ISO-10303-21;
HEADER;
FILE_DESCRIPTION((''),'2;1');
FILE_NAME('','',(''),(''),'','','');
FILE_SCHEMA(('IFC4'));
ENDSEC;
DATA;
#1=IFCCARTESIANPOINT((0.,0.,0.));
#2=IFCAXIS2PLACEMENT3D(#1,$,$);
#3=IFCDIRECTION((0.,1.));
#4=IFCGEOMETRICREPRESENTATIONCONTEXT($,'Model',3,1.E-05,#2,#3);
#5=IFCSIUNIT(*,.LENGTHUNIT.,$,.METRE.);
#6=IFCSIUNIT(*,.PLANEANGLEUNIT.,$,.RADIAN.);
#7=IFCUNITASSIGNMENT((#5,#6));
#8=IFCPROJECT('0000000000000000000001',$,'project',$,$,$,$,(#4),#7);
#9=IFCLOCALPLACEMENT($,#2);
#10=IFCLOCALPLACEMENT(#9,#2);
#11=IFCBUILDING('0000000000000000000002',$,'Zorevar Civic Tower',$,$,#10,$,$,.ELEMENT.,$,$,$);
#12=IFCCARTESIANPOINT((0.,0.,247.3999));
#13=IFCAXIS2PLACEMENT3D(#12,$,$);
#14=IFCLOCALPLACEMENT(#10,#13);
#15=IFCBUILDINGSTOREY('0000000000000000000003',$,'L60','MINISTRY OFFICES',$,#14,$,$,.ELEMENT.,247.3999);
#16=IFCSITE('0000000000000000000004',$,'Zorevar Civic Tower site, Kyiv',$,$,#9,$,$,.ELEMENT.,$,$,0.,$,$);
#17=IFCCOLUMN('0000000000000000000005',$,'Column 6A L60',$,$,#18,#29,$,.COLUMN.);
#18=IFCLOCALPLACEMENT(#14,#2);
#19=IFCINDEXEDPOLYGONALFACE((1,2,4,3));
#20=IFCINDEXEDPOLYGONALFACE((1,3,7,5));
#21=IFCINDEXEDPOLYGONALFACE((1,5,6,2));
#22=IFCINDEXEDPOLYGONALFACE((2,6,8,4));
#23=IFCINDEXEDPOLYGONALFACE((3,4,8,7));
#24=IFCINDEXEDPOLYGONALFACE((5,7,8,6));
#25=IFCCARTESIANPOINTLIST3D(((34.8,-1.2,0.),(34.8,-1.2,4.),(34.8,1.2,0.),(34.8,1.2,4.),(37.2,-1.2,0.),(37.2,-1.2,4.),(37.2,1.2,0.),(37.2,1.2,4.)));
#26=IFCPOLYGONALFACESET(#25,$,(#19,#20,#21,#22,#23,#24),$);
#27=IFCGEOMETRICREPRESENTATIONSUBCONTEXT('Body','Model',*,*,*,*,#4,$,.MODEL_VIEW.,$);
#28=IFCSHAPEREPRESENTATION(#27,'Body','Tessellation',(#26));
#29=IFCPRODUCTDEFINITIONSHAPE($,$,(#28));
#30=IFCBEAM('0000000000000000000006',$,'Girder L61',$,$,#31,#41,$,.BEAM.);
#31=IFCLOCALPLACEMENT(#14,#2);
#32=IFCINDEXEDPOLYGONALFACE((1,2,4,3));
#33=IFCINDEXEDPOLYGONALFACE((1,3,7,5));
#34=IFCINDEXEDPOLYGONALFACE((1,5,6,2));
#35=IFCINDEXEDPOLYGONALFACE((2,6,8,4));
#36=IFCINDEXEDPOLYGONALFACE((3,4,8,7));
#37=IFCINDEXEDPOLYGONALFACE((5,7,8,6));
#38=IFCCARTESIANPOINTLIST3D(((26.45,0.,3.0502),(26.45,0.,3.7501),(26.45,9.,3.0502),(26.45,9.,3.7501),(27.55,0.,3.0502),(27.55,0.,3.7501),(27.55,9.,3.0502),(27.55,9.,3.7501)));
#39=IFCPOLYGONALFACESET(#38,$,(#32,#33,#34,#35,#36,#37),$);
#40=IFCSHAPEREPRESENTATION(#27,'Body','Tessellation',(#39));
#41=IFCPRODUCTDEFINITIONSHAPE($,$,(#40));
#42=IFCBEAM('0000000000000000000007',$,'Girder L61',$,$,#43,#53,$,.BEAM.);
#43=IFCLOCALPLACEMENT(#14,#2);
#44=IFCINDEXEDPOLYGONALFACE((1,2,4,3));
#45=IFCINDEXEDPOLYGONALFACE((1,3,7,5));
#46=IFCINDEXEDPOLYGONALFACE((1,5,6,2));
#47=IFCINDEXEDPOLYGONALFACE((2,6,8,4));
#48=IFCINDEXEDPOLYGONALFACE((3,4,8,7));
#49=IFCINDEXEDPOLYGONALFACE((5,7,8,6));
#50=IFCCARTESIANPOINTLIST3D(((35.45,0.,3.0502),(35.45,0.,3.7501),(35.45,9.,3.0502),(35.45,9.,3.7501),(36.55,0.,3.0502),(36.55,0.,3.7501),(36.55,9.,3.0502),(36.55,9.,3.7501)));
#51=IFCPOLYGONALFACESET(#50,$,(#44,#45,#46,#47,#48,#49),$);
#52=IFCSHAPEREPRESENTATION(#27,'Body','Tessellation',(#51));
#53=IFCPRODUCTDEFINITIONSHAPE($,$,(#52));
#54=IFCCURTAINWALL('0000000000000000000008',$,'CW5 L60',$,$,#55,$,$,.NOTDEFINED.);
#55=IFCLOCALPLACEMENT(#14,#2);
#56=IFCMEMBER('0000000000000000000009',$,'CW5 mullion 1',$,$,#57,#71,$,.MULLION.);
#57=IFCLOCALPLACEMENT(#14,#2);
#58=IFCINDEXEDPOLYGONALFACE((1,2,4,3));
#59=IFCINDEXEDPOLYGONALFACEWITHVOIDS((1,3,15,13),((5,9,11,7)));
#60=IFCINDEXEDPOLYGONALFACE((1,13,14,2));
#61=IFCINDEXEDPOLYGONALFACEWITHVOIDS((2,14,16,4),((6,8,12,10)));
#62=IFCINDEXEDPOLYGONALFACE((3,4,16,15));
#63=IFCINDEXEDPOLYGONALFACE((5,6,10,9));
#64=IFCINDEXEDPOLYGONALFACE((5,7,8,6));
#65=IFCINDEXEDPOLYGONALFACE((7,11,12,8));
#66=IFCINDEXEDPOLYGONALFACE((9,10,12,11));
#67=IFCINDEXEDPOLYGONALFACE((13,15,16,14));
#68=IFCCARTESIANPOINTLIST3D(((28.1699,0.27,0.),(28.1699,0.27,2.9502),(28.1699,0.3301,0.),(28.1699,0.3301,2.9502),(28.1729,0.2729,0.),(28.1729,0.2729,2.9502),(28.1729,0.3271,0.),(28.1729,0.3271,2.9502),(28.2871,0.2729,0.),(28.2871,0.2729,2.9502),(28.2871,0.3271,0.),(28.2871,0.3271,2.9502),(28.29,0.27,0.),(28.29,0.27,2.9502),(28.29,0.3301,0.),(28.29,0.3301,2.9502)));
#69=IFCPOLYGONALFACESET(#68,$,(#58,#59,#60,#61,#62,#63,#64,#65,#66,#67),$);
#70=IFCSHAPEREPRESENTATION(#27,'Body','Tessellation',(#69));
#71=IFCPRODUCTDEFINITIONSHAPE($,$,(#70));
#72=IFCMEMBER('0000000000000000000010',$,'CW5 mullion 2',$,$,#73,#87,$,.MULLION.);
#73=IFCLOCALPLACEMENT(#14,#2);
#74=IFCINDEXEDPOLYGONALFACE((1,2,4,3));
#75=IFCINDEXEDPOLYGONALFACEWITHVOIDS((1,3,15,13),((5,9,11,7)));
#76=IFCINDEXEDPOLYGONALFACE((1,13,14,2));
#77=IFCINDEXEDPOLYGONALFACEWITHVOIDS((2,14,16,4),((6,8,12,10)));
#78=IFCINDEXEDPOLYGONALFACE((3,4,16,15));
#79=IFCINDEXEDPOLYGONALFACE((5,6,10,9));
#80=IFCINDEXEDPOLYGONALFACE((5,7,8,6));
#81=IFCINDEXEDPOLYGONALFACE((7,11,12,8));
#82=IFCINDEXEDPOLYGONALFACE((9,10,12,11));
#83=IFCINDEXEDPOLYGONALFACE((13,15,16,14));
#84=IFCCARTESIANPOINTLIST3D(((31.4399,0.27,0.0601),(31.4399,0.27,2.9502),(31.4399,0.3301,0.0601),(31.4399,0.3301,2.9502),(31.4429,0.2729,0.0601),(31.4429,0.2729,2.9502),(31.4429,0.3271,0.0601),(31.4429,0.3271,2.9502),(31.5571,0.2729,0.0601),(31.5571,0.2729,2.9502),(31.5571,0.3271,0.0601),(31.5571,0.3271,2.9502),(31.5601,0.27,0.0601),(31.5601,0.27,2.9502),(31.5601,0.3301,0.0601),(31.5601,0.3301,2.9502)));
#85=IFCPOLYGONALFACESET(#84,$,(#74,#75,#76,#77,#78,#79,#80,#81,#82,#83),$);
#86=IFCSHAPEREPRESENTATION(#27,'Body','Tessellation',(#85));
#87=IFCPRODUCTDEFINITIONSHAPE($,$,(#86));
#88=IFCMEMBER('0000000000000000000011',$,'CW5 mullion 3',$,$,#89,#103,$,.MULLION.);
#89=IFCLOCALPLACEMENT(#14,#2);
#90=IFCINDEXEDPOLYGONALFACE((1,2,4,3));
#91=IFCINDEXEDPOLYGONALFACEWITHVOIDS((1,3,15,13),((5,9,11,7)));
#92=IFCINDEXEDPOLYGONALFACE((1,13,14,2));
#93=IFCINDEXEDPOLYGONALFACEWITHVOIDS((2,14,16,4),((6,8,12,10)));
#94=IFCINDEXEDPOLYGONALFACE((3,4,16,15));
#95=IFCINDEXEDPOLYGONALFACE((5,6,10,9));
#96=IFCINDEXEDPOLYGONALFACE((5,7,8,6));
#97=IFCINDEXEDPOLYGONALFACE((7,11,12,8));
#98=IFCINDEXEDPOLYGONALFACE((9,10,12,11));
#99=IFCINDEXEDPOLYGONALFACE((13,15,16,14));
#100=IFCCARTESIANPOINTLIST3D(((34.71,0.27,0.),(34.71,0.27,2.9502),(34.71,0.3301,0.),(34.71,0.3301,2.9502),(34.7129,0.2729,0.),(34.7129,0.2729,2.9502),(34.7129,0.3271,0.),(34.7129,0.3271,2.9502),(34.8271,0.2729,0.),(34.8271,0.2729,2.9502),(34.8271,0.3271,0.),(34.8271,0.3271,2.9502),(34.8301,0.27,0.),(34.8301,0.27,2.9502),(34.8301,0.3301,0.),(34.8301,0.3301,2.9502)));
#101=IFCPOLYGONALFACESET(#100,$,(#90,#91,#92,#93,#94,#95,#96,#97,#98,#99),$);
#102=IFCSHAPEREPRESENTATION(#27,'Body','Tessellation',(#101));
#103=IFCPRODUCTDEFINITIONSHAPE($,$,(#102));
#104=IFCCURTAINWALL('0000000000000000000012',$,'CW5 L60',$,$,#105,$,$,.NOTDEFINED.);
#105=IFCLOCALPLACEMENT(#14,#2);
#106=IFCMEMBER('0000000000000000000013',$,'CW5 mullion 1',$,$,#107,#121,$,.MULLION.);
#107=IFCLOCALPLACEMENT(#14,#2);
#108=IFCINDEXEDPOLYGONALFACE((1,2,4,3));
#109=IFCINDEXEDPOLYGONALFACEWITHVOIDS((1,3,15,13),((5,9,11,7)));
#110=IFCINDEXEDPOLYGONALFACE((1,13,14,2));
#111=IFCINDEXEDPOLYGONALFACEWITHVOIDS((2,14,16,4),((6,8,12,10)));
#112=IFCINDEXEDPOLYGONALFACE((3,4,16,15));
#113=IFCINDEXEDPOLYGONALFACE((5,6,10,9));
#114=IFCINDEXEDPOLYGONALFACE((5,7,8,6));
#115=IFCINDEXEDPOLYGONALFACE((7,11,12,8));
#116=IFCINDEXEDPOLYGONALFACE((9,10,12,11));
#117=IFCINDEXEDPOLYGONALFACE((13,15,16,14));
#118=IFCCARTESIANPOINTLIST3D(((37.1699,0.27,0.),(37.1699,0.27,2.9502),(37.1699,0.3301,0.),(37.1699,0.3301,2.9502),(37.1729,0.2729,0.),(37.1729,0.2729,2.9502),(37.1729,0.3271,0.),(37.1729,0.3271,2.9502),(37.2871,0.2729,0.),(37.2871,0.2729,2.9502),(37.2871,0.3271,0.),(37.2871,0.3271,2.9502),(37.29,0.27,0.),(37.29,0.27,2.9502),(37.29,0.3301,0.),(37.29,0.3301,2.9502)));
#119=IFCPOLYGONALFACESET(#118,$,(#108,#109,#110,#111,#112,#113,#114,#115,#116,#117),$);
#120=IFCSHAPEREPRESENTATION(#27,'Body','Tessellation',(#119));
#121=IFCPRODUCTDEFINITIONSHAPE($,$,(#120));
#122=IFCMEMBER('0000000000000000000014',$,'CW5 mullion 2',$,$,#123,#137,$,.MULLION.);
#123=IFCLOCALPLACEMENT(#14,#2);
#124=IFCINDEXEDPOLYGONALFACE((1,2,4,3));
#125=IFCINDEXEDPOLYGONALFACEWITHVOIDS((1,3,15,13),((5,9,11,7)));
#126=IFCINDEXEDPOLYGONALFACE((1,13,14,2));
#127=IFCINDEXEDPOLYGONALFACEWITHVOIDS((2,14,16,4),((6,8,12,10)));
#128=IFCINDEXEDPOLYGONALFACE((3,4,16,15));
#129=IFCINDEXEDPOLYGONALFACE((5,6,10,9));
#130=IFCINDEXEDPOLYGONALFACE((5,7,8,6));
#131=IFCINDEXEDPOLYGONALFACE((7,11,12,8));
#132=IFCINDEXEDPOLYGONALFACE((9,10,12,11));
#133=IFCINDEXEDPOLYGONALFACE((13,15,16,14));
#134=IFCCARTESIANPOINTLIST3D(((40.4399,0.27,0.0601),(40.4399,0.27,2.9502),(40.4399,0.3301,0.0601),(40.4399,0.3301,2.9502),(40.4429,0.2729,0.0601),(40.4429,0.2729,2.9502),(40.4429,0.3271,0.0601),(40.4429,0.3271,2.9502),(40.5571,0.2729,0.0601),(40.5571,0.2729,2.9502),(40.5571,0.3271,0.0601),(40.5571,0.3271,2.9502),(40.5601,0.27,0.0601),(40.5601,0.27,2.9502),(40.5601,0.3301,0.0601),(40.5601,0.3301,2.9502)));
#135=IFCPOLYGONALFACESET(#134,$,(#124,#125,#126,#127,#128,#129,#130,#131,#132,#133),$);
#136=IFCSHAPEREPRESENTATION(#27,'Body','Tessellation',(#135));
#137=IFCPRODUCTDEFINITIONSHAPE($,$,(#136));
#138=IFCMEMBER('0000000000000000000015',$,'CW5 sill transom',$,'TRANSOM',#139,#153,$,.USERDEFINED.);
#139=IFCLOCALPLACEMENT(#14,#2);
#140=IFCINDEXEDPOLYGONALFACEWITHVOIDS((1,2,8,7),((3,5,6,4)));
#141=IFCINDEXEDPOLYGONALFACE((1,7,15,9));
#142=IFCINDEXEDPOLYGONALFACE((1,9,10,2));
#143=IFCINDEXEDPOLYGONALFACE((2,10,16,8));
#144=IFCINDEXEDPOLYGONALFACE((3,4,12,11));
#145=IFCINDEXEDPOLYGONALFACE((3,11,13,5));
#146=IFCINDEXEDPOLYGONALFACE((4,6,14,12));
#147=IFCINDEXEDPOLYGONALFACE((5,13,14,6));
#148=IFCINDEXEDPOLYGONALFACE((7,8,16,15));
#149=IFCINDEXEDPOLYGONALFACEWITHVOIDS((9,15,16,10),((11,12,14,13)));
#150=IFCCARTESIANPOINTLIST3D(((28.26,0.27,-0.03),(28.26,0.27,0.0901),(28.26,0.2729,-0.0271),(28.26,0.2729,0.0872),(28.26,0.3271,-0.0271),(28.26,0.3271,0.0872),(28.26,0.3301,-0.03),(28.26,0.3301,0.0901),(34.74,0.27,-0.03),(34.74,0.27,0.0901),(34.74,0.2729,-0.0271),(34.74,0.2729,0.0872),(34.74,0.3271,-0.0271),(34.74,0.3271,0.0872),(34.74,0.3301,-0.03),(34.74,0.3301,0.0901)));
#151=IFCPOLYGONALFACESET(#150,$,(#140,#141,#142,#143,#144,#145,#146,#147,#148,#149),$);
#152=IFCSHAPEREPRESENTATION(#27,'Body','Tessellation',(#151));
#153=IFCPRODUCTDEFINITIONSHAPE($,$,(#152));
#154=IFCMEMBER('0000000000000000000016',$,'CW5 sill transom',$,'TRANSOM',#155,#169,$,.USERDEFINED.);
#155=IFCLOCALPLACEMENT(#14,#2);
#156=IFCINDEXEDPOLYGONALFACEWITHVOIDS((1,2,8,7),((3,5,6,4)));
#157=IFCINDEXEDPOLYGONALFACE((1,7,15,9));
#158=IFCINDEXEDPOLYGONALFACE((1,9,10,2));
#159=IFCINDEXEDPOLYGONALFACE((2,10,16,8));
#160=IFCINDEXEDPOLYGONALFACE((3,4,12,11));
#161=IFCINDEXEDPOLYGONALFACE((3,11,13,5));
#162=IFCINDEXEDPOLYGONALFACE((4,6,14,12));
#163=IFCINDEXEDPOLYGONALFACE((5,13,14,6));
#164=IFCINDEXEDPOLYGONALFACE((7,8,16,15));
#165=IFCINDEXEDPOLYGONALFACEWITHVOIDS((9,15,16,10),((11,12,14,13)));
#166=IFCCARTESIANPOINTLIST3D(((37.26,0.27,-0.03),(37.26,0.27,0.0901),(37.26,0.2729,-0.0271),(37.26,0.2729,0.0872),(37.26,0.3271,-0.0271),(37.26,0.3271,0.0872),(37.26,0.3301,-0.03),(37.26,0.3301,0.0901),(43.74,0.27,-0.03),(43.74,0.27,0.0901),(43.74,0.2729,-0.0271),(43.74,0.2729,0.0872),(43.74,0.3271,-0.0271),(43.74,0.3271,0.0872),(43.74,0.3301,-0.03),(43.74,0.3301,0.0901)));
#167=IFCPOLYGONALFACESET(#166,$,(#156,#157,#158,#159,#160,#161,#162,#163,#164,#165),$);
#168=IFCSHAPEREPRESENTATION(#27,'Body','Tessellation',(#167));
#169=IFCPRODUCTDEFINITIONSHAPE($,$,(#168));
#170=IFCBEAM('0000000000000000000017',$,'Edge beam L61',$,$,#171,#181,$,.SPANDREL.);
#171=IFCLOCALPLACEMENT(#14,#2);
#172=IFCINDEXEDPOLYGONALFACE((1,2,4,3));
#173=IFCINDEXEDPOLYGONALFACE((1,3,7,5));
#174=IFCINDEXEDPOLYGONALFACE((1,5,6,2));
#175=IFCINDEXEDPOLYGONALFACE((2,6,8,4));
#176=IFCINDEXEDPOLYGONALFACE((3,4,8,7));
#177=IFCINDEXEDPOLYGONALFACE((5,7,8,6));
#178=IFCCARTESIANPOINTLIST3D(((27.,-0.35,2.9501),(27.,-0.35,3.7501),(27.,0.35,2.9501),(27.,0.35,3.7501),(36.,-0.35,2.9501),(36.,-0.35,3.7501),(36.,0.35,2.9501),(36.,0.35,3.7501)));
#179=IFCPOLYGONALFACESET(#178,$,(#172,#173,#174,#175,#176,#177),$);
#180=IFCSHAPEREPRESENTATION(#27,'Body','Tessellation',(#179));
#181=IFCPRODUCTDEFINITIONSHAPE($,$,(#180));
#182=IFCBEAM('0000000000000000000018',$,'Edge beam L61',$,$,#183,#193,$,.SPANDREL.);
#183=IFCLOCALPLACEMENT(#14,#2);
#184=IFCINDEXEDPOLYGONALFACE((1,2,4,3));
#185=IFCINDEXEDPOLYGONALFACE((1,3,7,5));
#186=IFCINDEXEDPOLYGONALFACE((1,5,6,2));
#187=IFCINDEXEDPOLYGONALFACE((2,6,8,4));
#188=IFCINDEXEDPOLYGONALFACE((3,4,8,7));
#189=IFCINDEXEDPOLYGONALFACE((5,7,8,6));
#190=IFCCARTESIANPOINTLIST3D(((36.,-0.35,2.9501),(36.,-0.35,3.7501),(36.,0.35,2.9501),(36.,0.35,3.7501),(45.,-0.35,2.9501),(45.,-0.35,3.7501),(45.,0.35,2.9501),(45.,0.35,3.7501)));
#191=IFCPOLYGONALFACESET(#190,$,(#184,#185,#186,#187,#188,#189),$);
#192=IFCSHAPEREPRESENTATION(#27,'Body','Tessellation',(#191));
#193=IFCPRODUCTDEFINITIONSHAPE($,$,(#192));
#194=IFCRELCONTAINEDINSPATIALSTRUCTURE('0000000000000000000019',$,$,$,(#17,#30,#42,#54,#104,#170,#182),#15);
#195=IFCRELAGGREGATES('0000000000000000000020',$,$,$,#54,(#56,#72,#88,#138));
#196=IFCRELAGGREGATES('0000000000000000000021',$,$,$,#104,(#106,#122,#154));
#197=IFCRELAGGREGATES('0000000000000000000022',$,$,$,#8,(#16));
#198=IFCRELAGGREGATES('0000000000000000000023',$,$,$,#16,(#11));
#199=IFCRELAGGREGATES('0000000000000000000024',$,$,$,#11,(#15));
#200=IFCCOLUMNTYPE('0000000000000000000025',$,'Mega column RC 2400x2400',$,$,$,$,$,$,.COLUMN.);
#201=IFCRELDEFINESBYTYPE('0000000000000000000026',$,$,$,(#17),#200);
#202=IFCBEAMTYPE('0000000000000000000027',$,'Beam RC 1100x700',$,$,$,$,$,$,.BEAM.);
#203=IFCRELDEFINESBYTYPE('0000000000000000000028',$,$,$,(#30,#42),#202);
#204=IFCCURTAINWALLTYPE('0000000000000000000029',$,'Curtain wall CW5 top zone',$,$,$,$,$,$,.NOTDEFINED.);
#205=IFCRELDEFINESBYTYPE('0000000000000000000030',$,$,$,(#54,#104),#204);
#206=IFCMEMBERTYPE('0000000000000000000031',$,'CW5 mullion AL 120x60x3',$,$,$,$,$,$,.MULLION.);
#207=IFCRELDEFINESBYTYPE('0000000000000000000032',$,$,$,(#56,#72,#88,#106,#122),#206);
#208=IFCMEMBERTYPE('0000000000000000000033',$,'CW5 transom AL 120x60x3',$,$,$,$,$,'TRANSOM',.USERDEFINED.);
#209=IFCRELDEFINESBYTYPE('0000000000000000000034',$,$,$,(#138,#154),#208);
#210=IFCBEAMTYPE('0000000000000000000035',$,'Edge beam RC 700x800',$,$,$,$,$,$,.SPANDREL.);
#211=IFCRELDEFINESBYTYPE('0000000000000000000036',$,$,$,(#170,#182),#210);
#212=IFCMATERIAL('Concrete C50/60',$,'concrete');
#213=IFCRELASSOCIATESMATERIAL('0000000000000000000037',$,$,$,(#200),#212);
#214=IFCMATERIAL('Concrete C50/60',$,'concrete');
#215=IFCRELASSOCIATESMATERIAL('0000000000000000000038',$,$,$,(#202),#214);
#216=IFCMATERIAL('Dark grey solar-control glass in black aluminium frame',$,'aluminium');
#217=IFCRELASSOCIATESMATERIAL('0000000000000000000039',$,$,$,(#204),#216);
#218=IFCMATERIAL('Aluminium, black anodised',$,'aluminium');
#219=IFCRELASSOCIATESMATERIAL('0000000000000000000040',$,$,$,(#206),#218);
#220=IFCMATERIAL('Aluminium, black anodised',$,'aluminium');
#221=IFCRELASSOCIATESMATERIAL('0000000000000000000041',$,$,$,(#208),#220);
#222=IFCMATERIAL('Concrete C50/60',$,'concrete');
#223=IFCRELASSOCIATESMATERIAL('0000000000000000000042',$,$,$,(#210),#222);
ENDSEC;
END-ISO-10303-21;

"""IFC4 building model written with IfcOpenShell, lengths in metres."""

from ifc_helpers import new_model, si_unit, direction, frame, origin, origin_2d, place, context, subcontext, project, spatial, rectangle, hollow_rectangle, extrude, material, material_profile, profile_set, type_object, element, aggregate, save


model = new_model("IFC4")

# Units and contexts
model_context = context("Model", 3, precision=1e-05, world=origin(), true_north=direction((0.0, 1.0)))
body_context = subcontext(model_context, "Body", "Model", "MODEL_VIEW")
ifc_project = project(units=[si_unit("LENGTHUNIT", "METRE"), si_unit("PLANEANGLEUNIT", "RADIAN")], contexts=[model_context])

# Site, building, storey
site_placement = place(None, origin())
site = spatial("IfcSite", under=ifc_project, at=site_placement, Name="Zorevar Civic Tower site, Kyiv", CompositionType="ELEMENT", RefElevation=0.0)
building_placement = place(site_placement, origin())
building = spatial("IfcBuilding", under=site, at=building_placement, Name="Zorevar Civic Tower", CompositionType="ELEMENT")
storey_placement = place(building_placement, frame((0.0, 0.0, 247.3999)))
storey = spatial("IfcBuildingStorey", under=building, at=storey_placement, Name="L60", Description="MINISTRY OFFICES", CompositionType="ELEMENT", Elevation=247.3999)

# Column
ifc_material_1 = material(Name="Concrete C50/60", Category="concrete")
ifc_material_profile_1 = material_profile(ifc_material_1, rectangle(XDim=2.3999, YDim=2.3999, at=origin_2d()), Name="RC 2400x2400")
ifc_profile_set_1 = profile_set([ifc_material_profile_1], Name="Concrete C50/60")
column_type = type_object("IfcColumnType", Name="Mega column RC 2400x2400", PredefinedType="COLUMN", material=ifc_profile_set_1)
column_placement = place(storey_placement, frame((36.0, 0.0, 0.0), z_axis=(0.0, 0.0, 1.0), x_axis=(1.0, 0.0, 0.0)))
element("IfcColumn", 1, at=column_placement, inside=storey, type_object=column_type, Name="Column 6A L60", PredefinedType="COLUMN", context=body_context, shape_type="SweptSolid", body=[
    extrude(rectangle(XDim=2.3999, YDim=2.3999, at=origin_2d()), origin(), (0.0, 0.0, 1.0), 4.0),
])

# Beams
ifc_material_2 = material(Name="Concrete C50/60", Category="concrete")
ifc_material_profile_2 = material_profile(ifc_material_2, rectangle(XDim=1.1001, YDim=0.7, at=origin_2d()), Name="RC 1100x700")
ifc_profile_set_2 = profile_set([ifc_material_profile_2], Name="Concrete C50/60")
beam_type_1 = type_object("IfcBeamType", Name="Beam RC 1100x700", PredefinedType="BEAM", material=ifc_profile_set_2)
for number, where, z_axis, x_axis, name in (
    (2, (27.0, 0.0, 3.4001), (0.0, 1.0, 0.0), (-1.0, 0.0, 0.0), "Girder L61"),
    (3, (36.0, 0.0, 3.4001), (0.0, 1.0, 0.0), (-1.0, 0.0, 0.0), "Girder L61"),
):
    element("IfcBeam", number, at=place(storey_placement, frame(where, z_axis=z_axis, x_axis=x_axis)), inside=storey, type_object=beam_type_1, Name=name, PredefinedType="BEAM", context=body_context, shape_type="SweptSolid", body=[
        extrude(rectangle(XDim=1.1001, YDim=0.7, at=origin_2d()), origin(), (0.0, 0.0, 1.0), 9.0),
    ])

# Curtain walls, members
ifc_material_3 = material(Name="Dark grey solar-control glass in black aluminium frame", Category="aluminium")
curtain_wall_type = type_object("IfcCurtainWallType", Name="Curtain wall CW5 top zone", PredefinedType="NOTDEFINED", material=ifc_material_3)
curtain_wall_1_placement = place(storey_placement, origin())
curtain_wall_1 = element("IfcCurtainWall", 4, at=curtain_wall_1_placement, inside=storey, type_object=curtain_wall_type, Name="CW5 L60", PredefinedType="NOTDEFINED")
ifc_material_4 = material(Name="Aluminium, black anodised", Category="aluminium")
ifc_material_profile_3 = material_profile(ifc_material_4, hollow_rectangle(XDim=0.0601, YDim=0.1201, WallThickness=0.0029, at=origin_2d()), Name="AL 120x60x3")
ifc_profile_set_3 = profile_set([ifc_material_profile_3], Name="Aluminium, black anodised")
member_type_1 = type_object("IfcMemberType", Name="CW5 mullion AL 120x60x3", PredefinedType="MULLION", material=ifc_profile_set_3)
member_1_placement = place(storey_placement, frame((28.23, 0.3, 0.0), z_axis=(0.0, 0.0, 1.0), x_axis=(0.0, 1.0, 0.0)))
member_1 = element("IfcMember", 5, at=member_1_placement, type_object=member_type_1, Name="CW5 mullion 1", PredefinedType="MULLION", context=body_context, shape_type="SweptSolid", body=[
    extrude(hollow_rectangle(XDim=0.0601, YDim=0.1201, WallThickness=0.0029, at=origin_2d()), origin(), (0.0, 0.0, 1.0), 2.9502),
])
member_2_placement = place(storey_placement, frame((31.5, 0.3, 0.0601), z_axis=(0.0, 0.0, 1.0), x_axis=(0.0, 1.0, 0.0)))
member_2 = element("IfcMember", 6, at=member_2_placement, type_object=member_type_1, Name="CW5 mullion 2", PredefinedType="MULLION", context=body_context, shape_type="SweptSolid", body=[
    extrude(hollow_rectangle(XDim=0.0601, YDim=0.1201, WallThickness=0.0029, at=origin_2d()), origin(), (0.0, 0.0, 1.0), 2.8901),
])
member_3_placement = place(storey_placement, frame((34.77, 0.3, 0.0), z_axis=(0.0, 0.0, 1.0), x_axis=(0.0, 1.0, 0.0)))
member_3 = element("IfcMember", 7, at=member_3_placement, type_object=member_type_1, Name="CW5 mullion 3", PredefinedType="MULLION", context=body_context, shape_type="SweptSolid", body=[
    extrude(hollow_rectangle(XDim=0.0601, YDim=0.1201, WallThickness=0.0029, at=origin_2d()), origin(), (0.0, 0.0, 1.0), 2.9502),
])
curtain_wall_2_placement = place(storey_placement, origin())
curtain_wall_2 = element("IfcCurtainWall", 8, at=curtain_wall_2_placement, inside=storey, type_object=curtain_wall_type, Name="CW5 L60", PredefinedType="NOTDEFINED")
member_4_placement = place(storey_placement, frame((37.23, 0.3, 0.0), z_axis=(0.0, 0.0, 1.0), x_axis=(0.0, 1.0, 0.0)))
member_4 = element("IfcMember", 9, at=member_4_placement, type_object=member_type_1, Name="CW5 mullion 1", PredefinedType="MULLION", context=body_context, shape_type="SweptSolid", body=[
    extrude(hollow_rectangle(XDim=0.0601, YDim=0.1201, WallThickness=0.0029, at=origin_2d()), origin(), (0.0, 0.0, 1.0), 2.9502),
])
member_5_placement = place(storey_placement, frame((40.5, 0.3, 0.0601), z_axis=(0.0, 0.0, 1.0), x_axis=(0.0, 1.0, 0.0)))
member_5 = element("IfcMember", 10, at=member_5_placement, type_object=member_type_1, Name="CW5 mullion 2", PredefinedType="MULLION", context=body_context, shape_type="SweptSolid", body=[
    extrude(hollow_rectangle(XDim=0.0601, YDim=0.1201, WallThickness=0.0029, at=origin_2d()), origin(), (0.0, 0.0, 1.0), 2.8901),
])

# Members
ifc_material_5 = material(Name="Aluminium, black anodised", Category="aluminium")
ifc_material_profile_4 = material_profile(ifc_material_5, hollow_rectangle(XDim=0.0601, YDim=0.1201, WallThickness=0.0029, at=origin_2d()), Name="AL 120x60x3")
ifc_profile_set_4 = profile_set([ifc_material_profile_4], Name="Aluminium, black anodised")
member_type_2 = type_object("IfcMemberType", Name="CW5 transom AL 120x60x3", ElementType="TRANSOM", PredefinedType="USERDEFINED", material=ifc_profile_set_4)
member_6_placement = place(storey_placement, frame((28.26, 0.3, 0.03), z_axis=(1.0, 0.0, 0.0), x_axis=(0.0, 1.0, 0.0)))
member_6 = element("IfcMember", 11, at=member_6_placement, type_object=member_type_2, Name="CW5 sill transom", ObjectType="TRANSOM", PredefinedType="USERDEFINED", context=body_context, shape_type="SweptSolid", body=[
    extrude(hollow_rectangle(XDim=0.0601, YDim=0.1201, WallThickness=0.0029, at=origin_2d()), origin(), (0.0, 0.0, 1.0), 6.48),
])
member_7_placement = place(storey_placement, frame((37.26, 0.3, 0.03), z_axis=(1.0, 0.0, 0.0), x_axis=(0.0, 1.0, 0.0)))
member_7 = element("IfcMember", 12, at=member_7_placement, type_object=member_type_2, Name="CW5 sill transom", ObjectType="TRANSOM", PredefinedType="USERDEFINED", context=body_context, shape_type="SweptSolid", body=[
    extrude(hollow_rectangle(XDim=0.0601, YDim=0.1201, WallThickness=0.0029, at=origin_2d()), origin(), (0.0, 0.0, 1.0), 6.48),
])

# Beams
ifc_material_6 = material(Name="Concrete C50/60", Category="concrete")
ifc_material_profile_5 = material_profile(ifc_material_6, rectangle(XDim=0.7, YDim=0.8, at=origin_2d()), Name="RC 700x800")
ifc_profile_set_5 = profile_set([ifc_material_profile_5], Name="Concrete C50/60")
beam_type_2 = type_object("IfcBeamType", Name="Edge beam RC 700x800", PredefinedType="SPANDREL", material=ifc_profile_set_5)
for number, where, z_axis, x_axis, name in (
    (13, (27.0, 0.0, 3.3501), (1.0, 0.0, 0.0), (0.0, 1.0, 0.0), "Edge beam L61"),
    (14, (36.0, 0.0, 3.3501), (1.0, 0.0, 0.0), (0.0, 1.0, 0.0), "Edge beam L61"),
):
    element("IfcBeam", number, at=place(storey_placement, frame(where, z_axis=z_axis, x_axis=x_axis)), inside=storey, type_object=beam_type_2, Name=name, PredefinedType="SPANDREL", context=body_context, shape_type="SweptSolid", body=[
        extrude(rectangle(XDim=0.7, YDim=0.8, at=origin_2d()), origin(), (0.0, 0.0, 1.0), 9.0),
    ])

aggregate(curtain_wall_1, [member_1, member_2, member_3, member_6])
aggregate(curtain_wall_2, [member_4, member_5, member_7])

save(model, "model.ifc")
